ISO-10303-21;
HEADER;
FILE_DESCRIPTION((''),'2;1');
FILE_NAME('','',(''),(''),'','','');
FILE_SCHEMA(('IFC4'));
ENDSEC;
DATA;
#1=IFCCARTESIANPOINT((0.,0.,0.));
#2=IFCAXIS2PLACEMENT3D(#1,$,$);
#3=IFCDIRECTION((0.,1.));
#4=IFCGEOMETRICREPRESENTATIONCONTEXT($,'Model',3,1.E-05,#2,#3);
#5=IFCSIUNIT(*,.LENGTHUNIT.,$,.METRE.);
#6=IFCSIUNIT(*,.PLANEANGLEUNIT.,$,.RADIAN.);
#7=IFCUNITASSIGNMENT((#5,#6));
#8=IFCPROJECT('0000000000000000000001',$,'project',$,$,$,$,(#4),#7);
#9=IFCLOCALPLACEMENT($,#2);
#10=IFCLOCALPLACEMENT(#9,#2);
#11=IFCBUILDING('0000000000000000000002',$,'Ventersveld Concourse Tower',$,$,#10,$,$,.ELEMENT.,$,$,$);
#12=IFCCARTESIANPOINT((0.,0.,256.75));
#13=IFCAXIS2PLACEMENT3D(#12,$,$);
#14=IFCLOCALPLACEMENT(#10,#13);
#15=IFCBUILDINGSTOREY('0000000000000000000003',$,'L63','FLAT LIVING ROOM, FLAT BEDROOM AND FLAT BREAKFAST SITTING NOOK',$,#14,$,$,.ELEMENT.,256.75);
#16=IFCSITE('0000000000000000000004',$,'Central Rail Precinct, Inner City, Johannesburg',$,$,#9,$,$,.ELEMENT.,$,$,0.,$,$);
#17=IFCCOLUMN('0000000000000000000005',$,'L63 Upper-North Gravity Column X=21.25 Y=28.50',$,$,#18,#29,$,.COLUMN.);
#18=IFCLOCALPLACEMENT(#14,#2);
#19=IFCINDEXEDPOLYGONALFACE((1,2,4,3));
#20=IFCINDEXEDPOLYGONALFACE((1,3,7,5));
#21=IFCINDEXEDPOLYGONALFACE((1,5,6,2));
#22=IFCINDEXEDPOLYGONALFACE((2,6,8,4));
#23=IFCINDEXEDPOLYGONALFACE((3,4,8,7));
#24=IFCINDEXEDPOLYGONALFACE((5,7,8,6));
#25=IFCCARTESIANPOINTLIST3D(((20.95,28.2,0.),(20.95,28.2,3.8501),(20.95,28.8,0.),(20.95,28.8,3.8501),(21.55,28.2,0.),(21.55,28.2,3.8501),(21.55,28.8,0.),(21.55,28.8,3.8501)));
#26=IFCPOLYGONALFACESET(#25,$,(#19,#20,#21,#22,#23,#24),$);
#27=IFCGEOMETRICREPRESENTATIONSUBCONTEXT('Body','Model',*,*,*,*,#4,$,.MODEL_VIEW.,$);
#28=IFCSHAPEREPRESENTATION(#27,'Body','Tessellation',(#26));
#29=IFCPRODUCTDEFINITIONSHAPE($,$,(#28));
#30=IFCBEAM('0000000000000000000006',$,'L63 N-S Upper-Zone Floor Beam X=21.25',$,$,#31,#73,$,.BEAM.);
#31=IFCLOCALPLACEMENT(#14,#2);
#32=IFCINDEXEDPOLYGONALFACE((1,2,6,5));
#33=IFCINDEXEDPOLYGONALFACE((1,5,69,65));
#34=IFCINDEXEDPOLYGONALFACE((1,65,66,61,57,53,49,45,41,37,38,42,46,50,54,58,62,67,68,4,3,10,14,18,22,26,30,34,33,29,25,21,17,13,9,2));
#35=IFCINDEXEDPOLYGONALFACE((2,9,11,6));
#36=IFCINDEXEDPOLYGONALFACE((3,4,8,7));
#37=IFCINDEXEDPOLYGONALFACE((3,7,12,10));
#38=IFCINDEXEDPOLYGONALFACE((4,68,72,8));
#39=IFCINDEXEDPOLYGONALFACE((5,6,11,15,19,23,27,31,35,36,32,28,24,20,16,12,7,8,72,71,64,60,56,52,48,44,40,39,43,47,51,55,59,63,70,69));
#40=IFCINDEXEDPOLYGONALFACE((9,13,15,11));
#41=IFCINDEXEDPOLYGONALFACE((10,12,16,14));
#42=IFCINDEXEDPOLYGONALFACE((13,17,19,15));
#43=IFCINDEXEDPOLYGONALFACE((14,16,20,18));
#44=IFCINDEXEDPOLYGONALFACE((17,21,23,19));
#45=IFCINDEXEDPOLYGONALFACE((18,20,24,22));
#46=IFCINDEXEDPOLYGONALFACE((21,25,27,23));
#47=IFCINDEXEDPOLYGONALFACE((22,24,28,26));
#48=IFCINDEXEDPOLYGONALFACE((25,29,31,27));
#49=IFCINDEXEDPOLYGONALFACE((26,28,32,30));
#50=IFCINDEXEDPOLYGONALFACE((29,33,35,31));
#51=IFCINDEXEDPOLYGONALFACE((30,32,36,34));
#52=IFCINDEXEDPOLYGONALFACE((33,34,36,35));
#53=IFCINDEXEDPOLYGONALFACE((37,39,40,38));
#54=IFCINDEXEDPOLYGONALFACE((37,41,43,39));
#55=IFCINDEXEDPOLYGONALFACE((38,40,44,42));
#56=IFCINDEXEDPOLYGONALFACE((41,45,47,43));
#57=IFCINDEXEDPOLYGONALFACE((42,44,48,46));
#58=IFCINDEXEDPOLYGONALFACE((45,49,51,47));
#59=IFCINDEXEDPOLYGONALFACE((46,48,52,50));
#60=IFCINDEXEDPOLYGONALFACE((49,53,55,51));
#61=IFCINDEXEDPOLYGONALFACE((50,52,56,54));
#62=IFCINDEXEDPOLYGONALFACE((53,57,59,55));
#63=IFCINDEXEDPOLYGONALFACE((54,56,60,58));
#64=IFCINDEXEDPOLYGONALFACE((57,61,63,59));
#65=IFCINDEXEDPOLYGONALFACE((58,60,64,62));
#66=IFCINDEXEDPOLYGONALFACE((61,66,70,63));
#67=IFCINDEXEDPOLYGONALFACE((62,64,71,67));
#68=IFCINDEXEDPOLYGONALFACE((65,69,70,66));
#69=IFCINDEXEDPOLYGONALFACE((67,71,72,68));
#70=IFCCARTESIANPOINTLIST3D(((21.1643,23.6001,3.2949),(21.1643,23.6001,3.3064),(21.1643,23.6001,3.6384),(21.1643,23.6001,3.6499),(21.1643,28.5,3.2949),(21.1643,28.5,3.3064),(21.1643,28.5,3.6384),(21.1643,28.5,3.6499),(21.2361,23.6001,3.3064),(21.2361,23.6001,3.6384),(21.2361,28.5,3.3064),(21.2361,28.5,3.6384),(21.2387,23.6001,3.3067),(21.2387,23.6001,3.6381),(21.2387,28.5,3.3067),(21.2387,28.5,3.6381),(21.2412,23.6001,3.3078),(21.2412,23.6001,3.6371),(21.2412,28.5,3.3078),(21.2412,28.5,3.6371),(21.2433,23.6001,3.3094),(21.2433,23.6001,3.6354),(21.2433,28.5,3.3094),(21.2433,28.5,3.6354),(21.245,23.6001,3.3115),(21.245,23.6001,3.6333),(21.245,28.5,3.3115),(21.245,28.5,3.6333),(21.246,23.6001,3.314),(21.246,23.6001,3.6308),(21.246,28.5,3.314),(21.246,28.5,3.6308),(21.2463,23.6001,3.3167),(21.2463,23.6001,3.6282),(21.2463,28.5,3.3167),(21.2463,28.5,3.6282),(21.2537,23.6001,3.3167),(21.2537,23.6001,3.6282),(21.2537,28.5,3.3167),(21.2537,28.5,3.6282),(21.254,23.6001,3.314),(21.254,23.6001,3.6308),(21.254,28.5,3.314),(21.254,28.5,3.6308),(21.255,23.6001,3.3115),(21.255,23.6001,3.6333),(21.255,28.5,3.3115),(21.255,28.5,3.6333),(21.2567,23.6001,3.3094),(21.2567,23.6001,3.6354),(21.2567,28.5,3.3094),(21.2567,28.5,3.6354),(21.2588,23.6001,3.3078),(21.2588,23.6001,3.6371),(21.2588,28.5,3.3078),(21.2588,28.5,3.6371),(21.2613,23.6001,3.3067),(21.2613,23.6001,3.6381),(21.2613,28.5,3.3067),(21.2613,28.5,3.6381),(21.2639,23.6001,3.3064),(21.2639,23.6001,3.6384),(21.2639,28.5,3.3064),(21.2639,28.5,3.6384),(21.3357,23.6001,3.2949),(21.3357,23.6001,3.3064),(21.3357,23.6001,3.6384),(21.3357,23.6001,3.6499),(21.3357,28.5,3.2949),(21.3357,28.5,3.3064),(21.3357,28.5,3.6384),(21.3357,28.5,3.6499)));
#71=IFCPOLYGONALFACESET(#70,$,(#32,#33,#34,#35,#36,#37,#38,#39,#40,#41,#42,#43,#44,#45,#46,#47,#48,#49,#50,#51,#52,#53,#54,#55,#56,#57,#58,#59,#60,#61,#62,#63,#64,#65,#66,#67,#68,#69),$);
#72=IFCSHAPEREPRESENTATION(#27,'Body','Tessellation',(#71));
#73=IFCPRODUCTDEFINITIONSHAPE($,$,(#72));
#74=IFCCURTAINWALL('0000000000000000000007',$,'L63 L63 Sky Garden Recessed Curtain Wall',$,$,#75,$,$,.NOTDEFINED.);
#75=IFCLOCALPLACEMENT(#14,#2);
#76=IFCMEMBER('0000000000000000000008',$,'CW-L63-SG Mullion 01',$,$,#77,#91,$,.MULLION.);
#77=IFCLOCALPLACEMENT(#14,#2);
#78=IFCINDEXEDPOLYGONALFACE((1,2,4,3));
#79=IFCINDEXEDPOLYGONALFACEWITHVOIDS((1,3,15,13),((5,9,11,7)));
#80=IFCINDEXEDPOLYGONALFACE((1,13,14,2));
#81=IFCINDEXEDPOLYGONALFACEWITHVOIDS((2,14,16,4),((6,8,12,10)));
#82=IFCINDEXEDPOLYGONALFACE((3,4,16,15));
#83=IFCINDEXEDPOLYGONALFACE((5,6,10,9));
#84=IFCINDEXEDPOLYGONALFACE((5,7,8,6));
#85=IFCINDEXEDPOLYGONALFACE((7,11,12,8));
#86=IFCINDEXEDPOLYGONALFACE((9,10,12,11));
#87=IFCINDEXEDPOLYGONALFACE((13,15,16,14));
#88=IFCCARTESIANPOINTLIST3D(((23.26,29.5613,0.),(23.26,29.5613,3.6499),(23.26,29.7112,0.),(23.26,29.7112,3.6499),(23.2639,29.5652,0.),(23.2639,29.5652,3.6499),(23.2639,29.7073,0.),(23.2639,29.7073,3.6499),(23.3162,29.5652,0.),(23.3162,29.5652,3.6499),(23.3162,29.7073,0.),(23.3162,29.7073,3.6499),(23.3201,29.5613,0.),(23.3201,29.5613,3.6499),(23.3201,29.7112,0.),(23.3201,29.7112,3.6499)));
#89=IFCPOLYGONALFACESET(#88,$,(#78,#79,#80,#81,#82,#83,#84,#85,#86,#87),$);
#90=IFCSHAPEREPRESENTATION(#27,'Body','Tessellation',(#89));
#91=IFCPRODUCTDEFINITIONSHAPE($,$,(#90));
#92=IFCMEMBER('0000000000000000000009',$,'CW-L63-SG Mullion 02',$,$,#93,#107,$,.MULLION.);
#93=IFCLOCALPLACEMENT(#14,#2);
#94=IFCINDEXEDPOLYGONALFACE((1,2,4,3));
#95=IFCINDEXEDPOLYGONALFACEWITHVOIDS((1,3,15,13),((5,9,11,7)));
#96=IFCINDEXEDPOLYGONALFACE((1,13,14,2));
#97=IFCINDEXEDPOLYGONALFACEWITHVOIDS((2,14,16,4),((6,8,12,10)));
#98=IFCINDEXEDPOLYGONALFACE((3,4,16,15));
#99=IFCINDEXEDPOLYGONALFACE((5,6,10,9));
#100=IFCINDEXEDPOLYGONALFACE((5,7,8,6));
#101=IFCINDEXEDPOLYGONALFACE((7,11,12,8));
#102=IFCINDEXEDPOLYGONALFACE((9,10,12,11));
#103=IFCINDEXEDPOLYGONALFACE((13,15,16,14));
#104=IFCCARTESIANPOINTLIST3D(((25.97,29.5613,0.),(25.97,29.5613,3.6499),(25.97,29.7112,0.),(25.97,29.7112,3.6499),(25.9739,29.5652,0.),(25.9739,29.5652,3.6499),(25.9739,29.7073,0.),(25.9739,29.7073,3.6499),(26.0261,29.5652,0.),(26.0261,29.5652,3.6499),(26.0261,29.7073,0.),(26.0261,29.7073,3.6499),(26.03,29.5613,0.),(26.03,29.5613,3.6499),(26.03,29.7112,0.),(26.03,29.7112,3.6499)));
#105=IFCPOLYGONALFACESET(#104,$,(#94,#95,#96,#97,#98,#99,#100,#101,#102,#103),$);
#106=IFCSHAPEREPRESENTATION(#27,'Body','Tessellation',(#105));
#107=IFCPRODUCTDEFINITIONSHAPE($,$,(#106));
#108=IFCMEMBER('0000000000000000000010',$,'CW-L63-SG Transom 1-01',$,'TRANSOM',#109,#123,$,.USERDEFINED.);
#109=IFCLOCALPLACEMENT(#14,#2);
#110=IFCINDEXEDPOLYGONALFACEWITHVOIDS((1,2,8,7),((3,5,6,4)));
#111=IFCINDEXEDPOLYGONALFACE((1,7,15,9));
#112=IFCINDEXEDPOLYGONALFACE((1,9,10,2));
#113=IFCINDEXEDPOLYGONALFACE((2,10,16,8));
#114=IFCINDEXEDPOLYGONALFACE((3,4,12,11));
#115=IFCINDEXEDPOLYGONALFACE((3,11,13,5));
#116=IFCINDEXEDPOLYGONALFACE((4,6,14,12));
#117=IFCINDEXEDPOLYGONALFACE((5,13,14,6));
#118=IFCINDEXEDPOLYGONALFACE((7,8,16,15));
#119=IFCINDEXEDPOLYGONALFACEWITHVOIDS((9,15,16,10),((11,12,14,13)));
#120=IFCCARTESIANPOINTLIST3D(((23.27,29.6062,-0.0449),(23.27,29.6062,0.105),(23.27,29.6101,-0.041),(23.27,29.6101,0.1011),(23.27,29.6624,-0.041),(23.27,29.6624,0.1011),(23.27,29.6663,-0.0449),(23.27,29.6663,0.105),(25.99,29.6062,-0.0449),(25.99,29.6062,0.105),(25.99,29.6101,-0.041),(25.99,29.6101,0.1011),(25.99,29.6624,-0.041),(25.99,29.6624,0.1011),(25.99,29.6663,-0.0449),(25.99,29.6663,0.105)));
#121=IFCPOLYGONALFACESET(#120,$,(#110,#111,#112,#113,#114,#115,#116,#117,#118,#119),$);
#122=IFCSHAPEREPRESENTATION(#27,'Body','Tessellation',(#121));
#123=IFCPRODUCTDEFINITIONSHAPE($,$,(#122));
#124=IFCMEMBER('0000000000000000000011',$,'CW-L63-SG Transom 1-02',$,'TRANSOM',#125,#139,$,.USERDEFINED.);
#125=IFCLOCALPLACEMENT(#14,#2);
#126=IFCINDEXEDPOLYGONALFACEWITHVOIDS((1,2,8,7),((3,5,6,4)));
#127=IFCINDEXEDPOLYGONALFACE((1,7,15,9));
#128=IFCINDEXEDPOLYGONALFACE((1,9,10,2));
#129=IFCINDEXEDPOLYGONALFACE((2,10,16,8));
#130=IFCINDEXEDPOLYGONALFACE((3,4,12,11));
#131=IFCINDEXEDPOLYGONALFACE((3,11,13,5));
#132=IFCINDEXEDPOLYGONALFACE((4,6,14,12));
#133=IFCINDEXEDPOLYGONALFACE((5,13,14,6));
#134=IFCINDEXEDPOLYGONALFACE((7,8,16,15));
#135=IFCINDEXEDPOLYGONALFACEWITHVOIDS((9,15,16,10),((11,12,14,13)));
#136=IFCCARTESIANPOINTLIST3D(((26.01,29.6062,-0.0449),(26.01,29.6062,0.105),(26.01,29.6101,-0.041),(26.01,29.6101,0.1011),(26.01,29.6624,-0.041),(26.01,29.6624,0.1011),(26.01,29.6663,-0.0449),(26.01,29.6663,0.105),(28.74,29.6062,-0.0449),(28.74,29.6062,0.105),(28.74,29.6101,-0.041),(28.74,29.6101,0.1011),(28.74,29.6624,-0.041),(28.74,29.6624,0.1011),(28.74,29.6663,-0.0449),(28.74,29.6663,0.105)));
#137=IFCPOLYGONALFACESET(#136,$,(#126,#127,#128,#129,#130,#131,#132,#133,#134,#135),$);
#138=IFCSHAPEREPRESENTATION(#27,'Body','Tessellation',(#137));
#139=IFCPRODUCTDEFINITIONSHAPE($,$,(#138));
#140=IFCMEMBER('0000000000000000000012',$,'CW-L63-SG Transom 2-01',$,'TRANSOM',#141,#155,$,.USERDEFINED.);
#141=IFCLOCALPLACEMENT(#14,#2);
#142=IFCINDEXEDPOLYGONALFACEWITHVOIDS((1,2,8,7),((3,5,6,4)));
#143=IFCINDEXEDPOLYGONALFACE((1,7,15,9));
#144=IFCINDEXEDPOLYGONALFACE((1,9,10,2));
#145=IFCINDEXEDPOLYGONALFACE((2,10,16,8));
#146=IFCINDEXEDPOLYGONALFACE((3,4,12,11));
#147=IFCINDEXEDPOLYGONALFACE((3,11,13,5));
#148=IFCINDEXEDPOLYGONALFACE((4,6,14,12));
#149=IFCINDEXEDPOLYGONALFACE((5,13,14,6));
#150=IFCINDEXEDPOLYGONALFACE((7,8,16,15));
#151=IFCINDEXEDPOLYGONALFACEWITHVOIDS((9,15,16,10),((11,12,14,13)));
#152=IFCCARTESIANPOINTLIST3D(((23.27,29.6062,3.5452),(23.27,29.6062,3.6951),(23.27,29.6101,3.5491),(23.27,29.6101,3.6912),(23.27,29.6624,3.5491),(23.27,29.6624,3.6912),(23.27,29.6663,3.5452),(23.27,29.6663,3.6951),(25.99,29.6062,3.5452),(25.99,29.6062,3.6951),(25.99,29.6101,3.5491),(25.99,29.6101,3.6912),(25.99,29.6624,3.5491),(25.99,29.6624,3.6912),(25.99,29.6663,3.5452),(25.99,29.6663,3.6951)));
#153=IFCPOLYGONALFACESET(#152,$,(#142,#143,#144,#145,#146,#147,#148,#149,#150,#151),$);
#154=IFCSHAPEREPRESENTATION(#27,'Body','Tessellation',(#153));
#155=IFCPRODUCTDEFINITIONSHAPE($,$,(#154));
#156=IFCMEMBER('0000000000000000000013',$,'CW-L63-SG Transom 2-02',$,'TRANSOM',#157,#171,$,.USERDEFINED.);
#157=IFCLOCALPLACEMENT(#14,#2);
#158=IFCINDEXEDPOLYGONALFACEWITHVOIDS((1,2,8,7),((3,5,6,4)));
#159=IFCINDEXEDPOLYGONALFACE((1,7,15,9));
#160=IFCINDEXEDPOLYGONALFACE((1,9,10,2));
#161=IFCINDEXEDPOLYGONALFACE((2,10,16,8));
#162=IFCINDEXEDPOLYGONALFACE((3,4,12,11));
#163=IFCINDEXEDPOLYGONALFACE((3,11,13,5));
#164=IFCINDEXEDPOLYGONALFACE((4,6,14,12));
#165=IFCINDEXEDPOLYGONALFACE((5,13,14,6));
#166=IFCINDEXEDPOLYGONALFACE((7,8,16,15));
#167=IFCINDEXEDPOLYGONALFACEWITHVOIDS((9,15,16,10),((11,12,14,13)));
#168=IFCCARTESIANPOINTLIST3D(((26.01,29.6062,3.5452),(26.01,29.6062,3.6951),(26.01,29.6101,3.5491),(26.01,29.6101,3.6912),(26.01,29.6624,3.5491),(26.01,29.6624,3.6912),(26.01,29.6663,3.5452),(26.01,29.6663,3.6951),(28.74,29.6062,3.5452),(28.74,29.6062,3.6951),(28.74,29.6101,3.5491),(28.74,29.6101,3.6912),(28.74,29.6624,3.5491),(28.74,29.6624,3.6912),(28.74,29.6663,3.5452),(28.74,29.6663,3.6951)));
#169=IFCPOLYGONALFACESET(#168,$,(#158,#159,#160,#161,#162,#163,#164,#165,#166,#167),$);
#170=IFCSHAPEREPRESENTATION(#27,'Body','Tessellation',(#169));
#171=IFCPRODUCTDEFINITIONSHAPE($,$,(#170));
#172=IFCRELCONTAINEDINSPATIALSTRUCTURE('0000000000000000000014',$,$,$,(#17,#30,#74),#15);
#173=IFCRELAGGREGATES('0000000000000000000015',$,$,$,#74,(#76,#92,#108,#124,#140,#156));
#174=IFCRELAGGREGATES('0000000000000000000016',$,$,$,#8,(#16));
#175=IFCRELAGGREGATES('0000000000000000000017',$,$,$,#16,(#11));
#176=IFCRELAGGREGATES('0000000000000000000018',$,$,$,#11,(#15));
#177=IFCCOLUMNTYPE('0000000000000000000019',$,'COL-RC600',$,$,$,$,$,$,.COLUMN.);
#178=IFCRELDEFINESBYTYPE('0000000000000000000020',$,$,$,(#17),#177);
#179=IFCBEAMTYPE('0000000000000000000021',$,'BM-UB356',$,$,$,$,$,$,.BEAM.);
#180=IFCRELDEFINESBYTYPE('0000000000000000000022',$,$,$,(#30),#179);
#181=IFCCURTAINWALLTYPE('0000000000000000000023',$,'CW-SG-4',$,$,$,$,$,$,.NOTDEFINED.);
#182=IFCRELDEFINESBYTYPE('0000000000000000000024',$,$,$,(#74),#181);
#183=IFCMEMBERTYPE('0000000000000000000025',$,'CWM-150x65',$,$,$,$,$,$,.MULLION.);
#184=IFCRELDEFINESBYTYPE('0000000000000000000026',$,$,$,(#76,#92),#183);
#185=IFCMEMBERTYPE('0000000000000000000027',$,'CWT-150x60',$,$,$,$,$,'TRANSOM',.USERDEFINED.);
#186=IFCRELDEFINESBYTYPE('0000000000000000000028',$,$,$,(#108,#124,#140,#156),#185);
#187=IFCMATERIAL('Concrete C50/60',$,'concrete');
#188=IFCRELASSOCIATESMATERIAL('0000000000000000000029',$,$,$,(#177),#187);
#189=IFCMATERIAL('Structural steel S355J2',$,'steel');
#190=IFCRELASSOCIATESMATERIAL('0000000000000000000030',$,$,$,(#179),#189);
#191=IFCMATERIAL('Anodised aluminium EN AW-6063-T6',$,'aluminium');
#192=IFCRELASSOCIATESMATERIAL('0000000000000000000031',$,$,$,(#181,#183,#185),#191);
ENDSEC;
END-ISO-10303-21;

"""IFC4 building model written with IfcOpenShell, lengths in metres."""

from ifc_helpers import new_model, si_unit, direction, frame, origin, origin_2d, place, context, subcontext, project, spatial, rectangle, hollow_rectangle, i_section, extrude, material, material_profile, profile_set, type_object, element, aggregate, save


model = new_model("IFC4")

# Units and contexts
model_context = context("Model", 3, precision=1e-05, world=origin(), true_north=direction((0.0, 1.0)))
body_context = subcontext(model_context, "Body", "Model", "MODEL_VIEW")
ifc_project = project(units=[si_unit("LENGTHUNIT", "METRE"), si_unit("PLANEANGLEUNIT", "RADIAN")], contexts=[model_context])

# Site, building, storey
site_placement = place(None, origin())
site = spatial("IfcSite", under=ifc_project, at=site_placement, Name="Central Rail Precinct, Inner City, Johannesburg", CompositionType="ELEMENT", RefElevation=0.0)
building_placement = place(site_placement, origin())
building = spatial("IfcBuilding", under=site, at=building_placement, Name="Ventersveld Concourse Tower", CompositionType="ELEMENT")
storey_placement = place(building_placement, frame((0.0, 0.0, 256.75)))
storey = spatial("IfcBuildingStorey", under=building, at=storey_placement, Name="L63", Description="FLAT LIVING ROOM, FLAT BEDROOM AND FLAT BREAKFAST SITTING NOOK", CompositionType="ELEMENT", Elevation=256.75)

# Column
ifc_material_1 = material(Name="Concrete C50/60", Category="concrete")
ifc_material_profile_1 = material_profile(ifc_material_1, rectangle(XDim=0.6001, YDim=0.6001, at=origin_2d()), Name="RC 600x600")
ifc_profile_set_1 = profile_set([ifc_material_profile_1], Name="Concrete C50/60")
column_type = type_object("IfcColumnType", Name="COL-RC600", PredefinedType="COLUMN", material=ifc_profile_set_1)
column_placement = place(storey_placement, frame((21.25, 28.5, 0.0), z_axis=(0.0, 0.0, 1.0), x_axis=(1.0, 0.0, 0.0)))
element("IfcColumn", 1, at=column_placement, inside=storey, type_object=column_type, Name="L63 Upper-North Gravity Column X=21.25 Y=28.50", PredefinedType="COLUMN", context=body_context, shape_type="SweptSolid", body=[
    extrude(rectangle(XDim=0.6001, YDim=0.6001, at=origin_2d()), origin(), (0.0, 0.0, 1.0), 3.8501),
])

# Beam
ifc_material_2 = material(Name="Structural steel S355J2", Category="steel")
ifc_material_profile_2 = material_profile(ifc_material_2, i_section(OverallWidth=0.1714, OverallDepth=0.355, WebThickness=0.0073, FlangeThickness=0.0115, FilletRadius=0.0103, at=origin_2d()), Name="UB 356x171x51")
ifc_profile_set_2 = profile_set([ifc_material_profile_2], Name="Structural steel S355J2")
beam_type_1 = type_object("IfcBeamType", Name="BM-UB356", PredefinedType="BEAM", material=ifc_profile_set_2)
beam_1_placement = place(storey_placement, frame((21.25, 23.6001, 3.4724), z_axis=(0.0, 1.0, 0.0), x_axis=(-1.0, 0.0, 0.0)))
element("IfcBeam", 2, at=beam_1_placement, inside=storey, type_object=beam_type_1, Name="L63 N-S Upper-Zone Floor Beam X=21.25", PredefinedType="BEAM", context=body_context, shape_type="SweptSolid", body=[
    extrude(i_section(OverallWidth=0.1714, OverallDepth=0.355, WebThickness=0.0073, FlangeThickness=0.0115, FilletRadius=0.0103, at=origin_2d()), origin(), (0.0, 0.0, 1.0), 4.8999),
])

# Curtain wall, members
ifc_material_3 = material(Name="Anodised aluminium EN AW-6063-T6", Category="aluminium")
curtain_wall_type = type_object("IfcCurtainWallType", Name="CW-SG-4", PredefinedType="NOTDEFINED", material=ifc_material_3)
curtain_wall_placement = place(storey_placement, origin())
curtain_wall = element("IfcCurtainWall", 3, at=curtain_wall_placement, inside=storey, type_object=curtain_wall_type, Name="L63 L63 Sky Garden Recessed Curtain Wall", PredefinedType="NOTDEFINED")
ifc_material_profile_3 = material_profile(ifc_material_3, hollow_rectangle(XDim=0.0601, YDim=0.1499, WallThickness=0.0039, at=origin_2d()), Name="ALU 150x60x4")
ifc_profile_set_3 = profile_set([ifc_material_profile_3], Name="Anodised aluminium EN AW-6063-T6")
member_type_1 = type_object("IfcMemberType", Name="CWM-150x65", PredefinedType="MULLION", material=ifc_profile_set_3)
member_1_placement = place(storey_placement, frame((23.29, 29.6362, 0.0), z_axis=(0.0, 0.0, 1.0), x_axis=(1.0, 0.0, 0.0)))
member_1 = element("IfcMember", 4, at=member_1_placement, type_object=member_type_1, Name="CW-L63-SG Mullion 01", PredefinedType="MULLION", context=body_context, shape_type="SweptSolid", body=[
    extrude(hollow_rectangle(XDim=0.0601, YDim=0.1499, WallThickness=0.0039, at=origin_2d()), origin(), (0.0, 0.0, 1.0), 3.6499),
])
member_2_placement = place(storey_placement, frame((26.0, 29.6362, 0.0), z_axis=(0.0, 0.0, 1.0), x_axis=(1.0, 0.0, 0.0)))
member_2 = element("IfcMember", 5, at=member_2_placement, type_object=member_type_1, Name="CW-L63-SG Mullion 02", PredefinedType="MULLION", context=body_context, shape_type="SweptSolid", body=[
    extrude(hollow_rectangle(XDim=0.0601, YDim=0.1499, WallThickness=0.0039, at=origin_2d()), origin(), (0.0, 0.0, 1.0), 3.6499),
])
ifc_material_profile_4 = material_profile(ifc_material_3, hollow_rectangle(XDim=0.0601, YDim=0.1499, WallThickness=0.0039, at=origin_2d()), Name="ALU 150x60x4")
ifc_profile_set_4 = profile_set([ifc_material_profile_4], Name="Anodised aluminium EN AW-6063-T6")
member_type_2 = type_object("IfcMemberType", Name="CWT-150x60", ElementType="TRANSOM", PredefinedType="USERDEFINED", material=ifc_profile_set_4)
member_3_placement = place(storey_placement, frame((23.27, 29.6362, 0.03), z_axis=(1.0, 0.0, 0.0), x_axis=(0.0, 1.0, 0.0)))
member_3 = element("IfcMember", 6, at=member_3_placement, type_object=member_type_2, Name="CW-L63-SG Transom 1-01", ObjectType="TRANSOM", PredefinedType="USERDEFINED", context=body_context, shape_type="SweptSolid", body=[
    extrude(hollow_rectangle(XDim=0.0601, YDim=0.1499, WallThickness=0.0039, at=origin_2d()), origin(), (0.0, 0.0, 1.0), 2.72),
])
member_4_placement = place(storey_placement, frame((26.01, 29.6362, 0.03), z_axis=(1.0, 0.0, 0.0), x_axis=(0.0, 1.0, 0.0)))
member_4 = element("IfcMember", 7, at=member_4_placement, type_object=member_type_2, Name="CW-L63-SG Transom 1-02", ObjectType="TRANSOM", PredefinedType="USERDEFINED", context=body_context, shape_type="SweptSolid", body=[
    extrude(hollow_rectangle(XDim=0.0601, YDim=0.1499, WallThickness=0.0039, at=origin_2d()), origin(), (0.0, 0.0, 1.0), 2.73),
])
member_5_placement = place(storey_placement, frame((23.27, 29.6362, 3.6201), z_axis=(1.0, 0.0, 0.0), x_axis=(0.0, 1.0, 0.0)))
member_5 = element("IfcMember", 8, at=member_5_placement, type_object=member_type_2, Name="CW-L63-SG Transom 2-01", ObjectType="TRANSOM", PredefinedType="USERDEFINED", context=body_context, shape_type="SweptSolid", body=[
    extrude(hollow_rectangle(XDim=0.0601, YDim=0.1499, WallThickness=0.0039, at=origin_2d()), origin(), (0.0, 0.0, 1.0), 2.72),
])
member_6_placement = place(storey_placement, frame((26.01, 29.6362, 3.6201), z_axis=(1.0, 0.0, 0.0), x_axis=(0.0, 1.0, 0.0)))
member_6 = element("IfcMember", 9, at=member_6_placement, type_object=member_type_2, Name="CW-L63-SG Transom 2-02", ObjectType="TRANSOM", PredefinedType="USERDEFINED", context=body_context, shape_type="SweptSolid", body=[
    extrude(hollow_rectangle(XDim=0.0601, YDim=0.1499, WallThickness=0.0039, at=origin_2d()), origin(), (0.0, 0.0, 1.0), 2.73),
])

aggregate(curtain_wall, [member_1, member_2, member_3, member_4, member_5, member_6])

save(model, "model.ifc")
